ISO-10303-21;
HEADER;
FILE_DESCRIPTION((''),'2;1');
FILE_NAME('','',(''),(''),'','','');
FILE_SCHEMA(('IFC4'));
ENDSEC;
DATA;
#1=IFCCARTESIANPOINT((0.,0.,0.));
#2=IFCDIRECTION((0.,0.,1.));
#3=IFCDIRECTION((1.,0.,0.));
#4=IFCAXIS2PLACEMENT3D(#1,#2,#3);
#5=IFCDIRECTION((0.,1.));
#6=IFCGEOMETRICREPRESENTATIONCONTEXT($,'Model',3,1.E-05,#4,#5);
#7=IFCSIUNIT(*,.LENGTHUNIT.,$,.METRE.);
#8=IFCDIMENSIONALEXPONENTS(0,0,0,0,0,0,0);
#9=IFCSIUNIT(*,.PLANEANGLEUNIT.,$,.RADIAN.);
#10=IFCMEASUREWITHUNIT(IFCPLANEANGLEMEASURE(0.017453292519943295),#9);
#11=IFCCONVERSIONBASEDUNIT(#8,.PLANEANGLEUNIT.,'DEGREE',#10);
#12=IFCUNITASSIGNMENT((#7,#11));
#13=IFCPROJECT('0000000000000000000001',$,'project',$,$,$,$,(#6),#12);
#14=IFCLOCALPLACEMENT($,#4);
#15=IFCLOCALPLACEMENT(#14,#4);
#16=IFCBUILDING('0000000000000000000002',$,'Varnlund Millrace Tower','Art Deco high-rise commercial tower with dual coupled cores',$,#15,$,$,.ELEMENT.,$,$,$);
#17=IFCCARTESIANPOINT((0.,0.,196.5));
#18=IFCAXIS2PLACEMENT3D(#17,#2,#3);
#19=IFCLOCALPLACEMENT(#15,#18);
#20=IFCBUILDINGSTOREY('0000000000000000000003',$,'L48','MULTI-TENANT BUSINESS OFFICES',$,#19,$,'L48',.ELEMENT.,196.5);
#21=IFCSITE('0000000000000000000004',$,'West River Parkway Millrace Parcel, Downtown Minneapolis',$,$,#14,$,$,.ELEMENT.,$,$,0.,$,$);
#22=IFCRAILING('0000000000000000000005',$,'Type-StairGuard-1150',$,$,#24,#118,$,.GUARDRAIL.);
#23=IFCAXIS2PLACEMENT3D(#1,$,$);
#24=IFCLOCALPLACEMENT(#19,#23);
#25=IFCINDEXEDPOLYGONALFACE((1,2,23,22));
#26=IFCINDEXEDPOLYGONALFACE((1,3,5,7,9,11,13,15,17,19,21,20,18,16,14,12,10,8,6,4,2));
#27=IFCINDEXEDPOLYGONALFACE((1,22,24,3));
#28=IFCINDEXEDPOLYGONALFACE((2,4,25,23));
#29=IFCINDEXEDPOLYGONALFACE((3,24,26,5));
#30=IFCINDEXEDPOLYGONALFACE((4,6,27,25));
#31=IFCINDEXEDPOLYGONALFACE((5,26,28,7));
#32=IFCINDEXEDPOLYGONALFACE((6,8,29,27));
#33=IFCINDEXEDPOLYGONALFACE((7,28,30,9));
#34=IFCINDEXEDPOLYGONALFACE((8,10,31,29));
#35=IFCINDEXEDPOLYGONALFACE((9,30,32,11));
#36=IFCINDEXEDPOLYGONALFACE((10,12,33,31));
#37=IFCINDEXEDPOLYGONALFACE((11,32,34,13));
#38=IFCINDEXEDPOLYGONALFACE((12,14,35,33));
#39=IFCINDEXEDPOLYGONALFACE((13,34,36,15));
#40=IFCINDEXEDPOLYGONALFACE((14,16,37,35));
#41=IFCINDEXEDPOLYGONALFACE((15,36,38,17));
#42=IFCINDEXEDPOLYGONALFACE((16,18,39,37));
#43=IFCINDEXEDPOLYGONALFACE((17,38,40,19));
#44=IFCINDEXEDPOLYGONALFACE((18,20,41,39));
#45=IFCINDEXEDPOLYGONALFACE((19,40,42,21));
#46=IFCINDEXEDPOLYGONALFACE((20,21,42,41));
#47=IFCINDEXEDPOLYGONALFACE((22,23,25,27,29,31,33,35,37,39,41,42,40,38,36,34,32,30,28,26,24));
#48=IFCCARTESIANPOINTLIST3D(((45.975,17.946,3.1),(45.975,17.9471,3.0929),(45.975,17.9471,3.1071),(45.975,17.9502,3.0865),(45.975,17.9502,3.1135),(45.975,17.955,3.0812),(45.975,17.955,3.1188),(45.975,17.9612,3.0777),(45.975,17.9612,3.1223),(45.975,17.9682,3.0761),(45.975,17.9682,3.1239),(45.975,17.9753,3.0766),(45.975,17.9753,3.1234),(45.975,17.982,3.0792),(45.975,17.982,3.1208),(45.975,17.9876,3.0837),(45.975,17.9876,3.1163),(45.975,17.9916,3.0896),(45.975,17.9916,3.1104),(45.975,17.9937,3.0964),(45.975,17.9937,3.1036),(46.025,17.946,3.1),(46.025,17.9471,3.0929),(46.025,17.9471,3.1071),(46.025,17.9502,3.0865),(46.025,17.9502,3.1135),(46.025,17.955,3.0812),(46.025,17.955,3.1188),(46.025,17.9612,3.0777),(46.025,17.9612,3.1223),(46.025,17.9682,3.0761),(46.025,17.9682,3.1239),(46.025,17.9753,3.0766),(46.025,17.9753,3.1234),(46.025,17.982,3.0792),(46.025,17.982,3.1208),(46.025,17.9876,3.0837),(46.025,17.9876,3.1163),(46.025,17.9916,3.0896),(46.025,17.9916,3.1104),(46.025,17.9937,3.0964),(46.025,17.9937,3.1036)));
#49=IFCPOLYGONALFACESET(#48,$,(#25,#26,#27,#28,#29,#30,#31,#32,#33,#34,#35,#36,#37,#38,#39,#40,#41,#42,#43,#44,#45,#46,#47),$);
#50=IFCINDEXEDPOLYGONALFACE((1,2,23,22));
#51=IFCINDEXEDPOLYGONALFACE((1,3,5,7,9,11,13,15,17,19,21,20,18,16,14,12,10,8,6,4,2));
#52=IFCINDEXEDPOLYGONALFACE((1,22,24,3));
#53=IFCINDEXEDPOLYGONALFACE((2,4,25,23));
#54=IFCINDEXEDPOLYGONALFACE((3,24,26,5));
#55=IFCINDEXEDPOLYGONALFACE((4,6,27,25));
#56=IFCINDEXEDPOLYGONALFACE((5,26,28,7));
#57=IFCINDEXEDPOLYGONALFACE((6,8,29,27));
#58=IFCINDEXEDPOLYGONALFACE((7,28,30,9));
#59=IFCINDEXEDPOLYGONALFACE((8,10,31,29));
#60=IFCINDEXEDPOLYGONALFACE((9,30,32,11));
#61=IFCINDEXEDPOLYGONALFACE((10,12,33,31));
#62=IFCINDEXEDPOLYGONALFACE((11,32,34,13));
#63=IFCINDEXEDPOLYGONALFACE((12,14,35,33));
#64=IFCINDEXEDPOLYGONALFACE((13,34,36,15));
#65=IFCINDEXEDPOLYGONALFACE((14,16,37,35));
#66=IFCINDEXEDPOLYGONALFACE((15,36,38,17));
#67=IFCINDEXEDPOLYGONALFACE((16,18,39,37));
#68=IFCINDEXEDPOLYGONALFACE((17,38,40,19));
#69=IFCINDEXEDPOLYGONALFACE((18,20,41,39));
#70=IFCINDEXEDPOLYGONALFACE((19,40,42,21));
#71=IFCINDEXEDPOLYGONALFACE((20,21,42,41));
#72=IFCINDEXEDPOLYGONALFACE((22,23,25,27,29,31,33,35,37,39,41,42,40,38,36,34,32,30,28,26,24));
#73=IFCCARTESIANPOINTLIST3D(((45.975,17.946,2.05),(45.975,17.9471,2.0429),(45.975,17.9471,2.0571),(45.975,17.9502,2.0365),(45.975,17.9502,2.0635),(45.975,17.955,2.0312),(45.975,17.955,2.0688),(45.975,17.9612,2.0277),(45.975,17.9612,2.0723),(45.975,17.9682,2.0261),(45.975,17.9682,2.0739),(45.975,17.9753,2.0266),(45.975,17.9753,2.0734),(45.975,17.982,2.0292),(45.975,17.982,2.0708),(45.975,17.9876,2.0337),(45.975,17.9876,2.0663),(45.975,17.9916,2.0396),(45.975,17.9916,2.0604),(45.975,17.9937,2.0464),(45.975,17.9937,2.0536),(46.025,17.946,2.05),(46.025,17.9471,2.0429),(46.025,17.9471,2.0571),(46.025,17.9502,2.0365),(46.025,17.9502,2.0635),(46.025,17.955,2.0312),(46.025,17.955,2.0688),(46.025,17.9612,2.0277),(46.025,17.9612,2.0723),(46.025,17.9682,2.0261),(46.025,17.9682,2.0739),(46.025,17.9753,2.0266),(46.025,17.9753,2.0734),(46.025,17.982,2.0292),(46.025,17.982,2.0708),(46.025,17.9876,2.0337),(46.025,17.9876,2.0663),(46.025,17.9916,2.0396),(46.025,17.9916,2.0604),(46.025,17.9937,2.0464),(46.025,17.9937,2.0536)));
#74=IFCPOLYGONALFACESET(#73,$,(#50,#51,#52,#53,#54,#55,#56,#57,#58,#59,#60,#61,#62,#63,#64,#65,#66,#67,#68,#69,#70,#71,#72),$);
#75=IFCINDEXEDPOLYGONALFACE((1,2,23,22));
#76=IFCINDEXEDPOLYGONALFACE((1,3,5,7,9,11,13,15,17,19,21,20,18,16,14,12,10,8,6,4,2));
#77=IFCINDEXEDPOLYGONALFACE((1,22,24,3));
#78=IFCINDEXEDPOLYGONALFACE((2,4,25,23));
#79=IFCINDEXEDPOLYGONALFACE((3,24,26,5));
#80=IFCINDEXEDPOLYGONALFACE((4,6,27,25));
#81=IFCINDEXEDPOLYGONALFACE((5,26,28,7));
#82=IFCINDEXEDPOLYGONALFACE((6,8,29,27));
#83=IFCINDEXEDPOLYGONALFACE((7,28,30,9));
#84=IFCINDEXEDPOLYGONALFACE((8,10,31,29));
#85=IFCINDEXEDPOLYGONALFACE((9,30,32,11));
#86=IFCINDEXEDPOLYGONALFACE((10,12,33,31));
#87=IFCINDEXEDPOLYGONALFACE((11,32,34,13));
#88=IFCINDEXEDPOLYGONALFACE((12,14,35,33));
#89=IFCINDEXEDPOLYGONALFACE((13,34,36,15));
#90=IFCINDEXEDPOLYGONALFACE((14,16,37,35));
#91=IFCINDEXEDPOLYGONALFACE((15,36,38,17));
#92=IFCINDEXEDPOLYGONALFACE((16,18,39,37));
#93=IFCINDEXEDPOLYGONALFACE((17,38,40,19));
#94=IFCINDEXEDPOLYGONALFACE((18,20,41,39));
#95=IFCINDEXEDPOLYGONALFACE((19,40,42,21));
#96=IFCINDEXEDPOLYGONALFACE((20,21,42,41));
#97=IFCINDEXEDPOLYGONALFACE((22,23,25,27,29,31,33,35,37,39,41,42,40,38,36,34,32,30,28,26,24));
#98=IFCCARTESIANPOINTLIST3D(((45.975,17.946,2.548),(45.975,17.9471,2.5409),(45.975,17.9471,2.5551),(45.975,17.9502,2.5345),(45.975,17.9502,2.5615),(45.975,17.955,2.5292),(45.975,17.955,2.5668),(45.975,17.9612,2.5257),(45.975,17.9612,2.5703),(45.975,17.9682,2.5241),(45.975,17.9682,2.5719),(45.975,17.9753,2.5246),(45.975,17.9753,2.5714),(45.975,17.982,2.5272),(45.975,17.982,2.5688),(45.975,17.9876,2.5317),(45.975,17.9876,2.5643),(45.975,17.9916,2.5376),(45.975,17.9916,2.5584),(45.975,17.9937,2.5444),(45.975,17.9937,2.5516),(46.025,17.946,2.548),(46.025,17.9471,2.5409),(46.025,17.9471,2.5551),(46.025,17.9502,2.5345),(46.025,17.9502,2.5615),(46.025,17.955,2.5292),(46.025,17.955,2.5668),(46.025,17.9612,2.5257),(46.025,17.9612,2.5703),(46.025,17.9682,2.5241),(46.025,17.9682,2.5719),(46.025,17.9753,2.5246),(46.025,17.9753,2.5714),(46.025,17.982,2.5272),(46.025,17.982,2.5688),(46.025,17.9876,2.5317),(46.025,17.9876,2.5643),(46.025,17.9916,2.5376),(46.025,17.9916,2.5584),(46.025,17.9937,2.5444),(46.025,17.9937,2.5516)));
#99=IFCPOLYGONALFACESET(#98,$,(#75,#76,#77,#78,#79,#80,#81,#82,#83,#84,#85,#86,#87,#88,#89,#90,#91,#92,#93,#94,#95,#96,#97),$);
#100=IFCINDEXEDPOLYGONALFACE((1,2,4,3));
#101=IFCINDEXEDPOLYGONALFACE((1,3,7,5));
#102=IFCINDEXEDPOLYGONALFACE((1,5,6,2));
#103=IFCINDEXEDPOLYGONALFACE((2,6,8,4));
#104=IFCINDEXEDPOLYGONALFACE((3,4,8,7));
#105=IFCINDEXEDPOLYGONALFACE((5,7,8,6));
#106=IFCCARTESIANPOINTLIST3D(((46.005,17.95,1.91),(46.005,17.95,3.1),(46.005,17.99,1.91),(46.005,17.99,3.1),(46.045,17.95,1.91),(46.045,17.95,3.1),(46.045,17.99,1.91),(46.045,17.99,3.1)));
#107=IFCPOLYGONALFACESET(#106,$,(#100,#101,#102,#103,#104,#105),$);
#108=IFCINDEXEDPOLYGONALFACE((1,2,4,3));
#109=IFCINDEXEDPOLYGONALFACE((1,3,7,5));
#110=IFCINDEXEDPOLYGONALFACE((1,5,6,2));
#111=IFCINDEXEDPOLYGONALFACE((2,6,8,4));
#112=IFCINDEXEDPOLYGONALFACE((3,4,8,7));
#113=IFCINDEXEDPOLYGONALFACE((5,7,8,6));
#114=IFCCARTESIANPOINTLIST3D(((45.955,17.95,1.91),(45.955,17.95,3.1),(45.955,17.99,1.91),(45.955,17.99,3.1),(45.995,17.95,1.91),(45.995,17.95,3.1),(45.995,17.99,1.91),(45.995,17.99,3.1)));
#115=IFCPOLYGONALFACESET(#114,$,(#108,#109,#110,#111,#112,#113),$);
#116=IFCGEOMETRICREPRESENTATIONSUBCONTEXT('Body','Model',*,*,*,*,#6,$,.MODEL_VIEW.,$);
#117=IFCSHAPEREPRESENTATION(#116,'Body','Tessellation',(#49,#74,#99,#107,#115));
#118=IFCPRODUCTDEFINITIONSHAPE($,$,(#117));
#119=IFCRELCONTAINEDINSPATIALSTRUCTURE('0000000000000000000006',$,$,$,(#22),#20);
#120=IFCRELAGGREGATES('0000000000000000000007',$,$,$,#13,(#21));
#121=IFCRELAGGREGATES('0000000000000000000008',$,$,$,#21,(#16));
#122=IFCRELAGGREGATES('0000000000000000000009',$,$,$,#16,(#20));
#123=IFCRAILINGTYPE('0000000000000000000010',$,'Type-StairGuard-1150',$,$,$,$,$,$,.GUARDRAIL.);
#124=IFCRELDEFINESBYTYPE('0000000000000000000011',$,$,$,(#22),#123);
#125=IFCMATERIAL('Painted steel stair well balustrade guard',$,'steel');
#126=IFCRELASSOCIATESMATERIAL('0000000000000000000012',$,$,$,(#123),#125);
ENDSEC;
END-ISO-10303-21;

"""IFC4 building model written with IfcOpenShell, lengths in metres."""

from ifc_helpers import new_model, entity, si_unit, converted_unit, direction, frame, origin_with_axes, origin_2d_with_axis, place, context, subcontext, project, spatial, rectangle, circle, extrude, material, type_object, element, save


model = new_model("IFC4")

# Units and contexts
model_context = context("Model", 3, precision=1e-05, world=origin_with_axes(), true_north=direction((0.0, 1.0)))
body_context = subcontext(model_context, "Body", "Model", "MODEL_VIEW")
ifc_project = project(units=[si_unit("LENGTHUNIT", "METRE"), converted_unit("PLANEANGLEUNIT", "DEGREE", entity("IfcPlaneAngleMeasure", 0.017453292519943295), si_unit("PLANEANGLEUNIT", "RADIAN"), dimensions=[0, 0, 0, 0, 0, 0, 0])], contexts=[model_context])

# Site, building, storey
site_placement = place(None, origin_with_axes())
site = spatial("IfcSite", under=ifc_project, at=site_placement, Name="West River Parkway Millrace Parcel, Downtown Minneapolis", CompositionType="ELEMENT", RefElevation=0.0)
building_placement = place(site_placement, origin_with_axes())
building = spatial("IfcBuilding", under=site, at=building_placement, Name="Varnlund Millrace Tower", Description="Art Deco high-rise commercial tower with dual coupled cores", CompositionType="ELEMENT")
storey_placement = place(building_placement, frame((0.0, 0.0, 196.5), z_axis=(0.0, 0.0, 1.0), x_axis=(1.0, 0.0, 0.0)))
storey = spatial("IfcBuildingStorey", under=building, at=storey_placement, Name="L48", Description="MULTI-TENANT BUSINESS OFFICES", LongName="L48", CompositionType="ELEMENT", Elevation=196.5)

# Railing
ifc_material_1 = material(Name="Painted steel stair well balustrade guard", Category="steel")
railing_type_1 = type_object("IfcRailingType", Name="Type-StairGuard-1150", PredefinedType="GUARDRAIL", material=ifc_material_1)
railing_1_placement = place(storey_placement, frame((0.0, 0.0, -196.5), z_axis=(0.0, 0.0, 1.0), x_axis=(1.0, 0.0, 0.0)))
element("IfcRailing", 1, at=railing_1_placement, inside=storey, type_object=railing_type_1, Name="Type-StairGuard-1150", PredefinedType="GUARDRAIL", context=body_context, shape_type="SweptSolid", body=[
    extrude(circle(Radius=0.024, at=origin_2d_with_axis()), frame((46.025, 17.97, 199.6), z_axis=(-1.0, 0.0, 0.0), x_axis=(0.0, -1.0, 0.0)), (0.0, 0.0, 1.0), 0.05),
    extrude(circle(Radius=0.024, at=origin_2d_with_axis()), frame((46.025, 17.97, 198.55), z_axis=(-1.0, 0.0, 0.0), x_axis=(0.0, -1.0, 0.0)), (0.0, 0.0, 1.0), 0.05),
    extrude(circle(Radius=0.024, at=origin_2d_with_axis()), frame((46.025, 17.97, 199.048), z_axis=(-1.0, 0.0, 0.0), x_axis=(0.0, -1.0, 0.0)), (0.0, 0.0, 1.0), 0.05),
    extrude(rectangle(XDim=0.04, YDim=0.04, at=origin_2d_with_axis()), frame((46.025, 17.97, 198.41), z_axis=(0.0, 0.0, 1.0), x_axis=(1.0, 0.0, 0.0)), (0.0, 0.0, 1.0), 1.19),
    extrude(rectangle(XDim=0.04, YDim=0.04, at=origin_2d_with_axis()), frame((45.975, 17.97, 198.41), z_axis=(0.0, 0.0, 1.0), x_axis=(1.0, 0.0, 0.0)), (0.0, 0.0, 1.0), 1.19),
])

save(model, "model.ifc")
